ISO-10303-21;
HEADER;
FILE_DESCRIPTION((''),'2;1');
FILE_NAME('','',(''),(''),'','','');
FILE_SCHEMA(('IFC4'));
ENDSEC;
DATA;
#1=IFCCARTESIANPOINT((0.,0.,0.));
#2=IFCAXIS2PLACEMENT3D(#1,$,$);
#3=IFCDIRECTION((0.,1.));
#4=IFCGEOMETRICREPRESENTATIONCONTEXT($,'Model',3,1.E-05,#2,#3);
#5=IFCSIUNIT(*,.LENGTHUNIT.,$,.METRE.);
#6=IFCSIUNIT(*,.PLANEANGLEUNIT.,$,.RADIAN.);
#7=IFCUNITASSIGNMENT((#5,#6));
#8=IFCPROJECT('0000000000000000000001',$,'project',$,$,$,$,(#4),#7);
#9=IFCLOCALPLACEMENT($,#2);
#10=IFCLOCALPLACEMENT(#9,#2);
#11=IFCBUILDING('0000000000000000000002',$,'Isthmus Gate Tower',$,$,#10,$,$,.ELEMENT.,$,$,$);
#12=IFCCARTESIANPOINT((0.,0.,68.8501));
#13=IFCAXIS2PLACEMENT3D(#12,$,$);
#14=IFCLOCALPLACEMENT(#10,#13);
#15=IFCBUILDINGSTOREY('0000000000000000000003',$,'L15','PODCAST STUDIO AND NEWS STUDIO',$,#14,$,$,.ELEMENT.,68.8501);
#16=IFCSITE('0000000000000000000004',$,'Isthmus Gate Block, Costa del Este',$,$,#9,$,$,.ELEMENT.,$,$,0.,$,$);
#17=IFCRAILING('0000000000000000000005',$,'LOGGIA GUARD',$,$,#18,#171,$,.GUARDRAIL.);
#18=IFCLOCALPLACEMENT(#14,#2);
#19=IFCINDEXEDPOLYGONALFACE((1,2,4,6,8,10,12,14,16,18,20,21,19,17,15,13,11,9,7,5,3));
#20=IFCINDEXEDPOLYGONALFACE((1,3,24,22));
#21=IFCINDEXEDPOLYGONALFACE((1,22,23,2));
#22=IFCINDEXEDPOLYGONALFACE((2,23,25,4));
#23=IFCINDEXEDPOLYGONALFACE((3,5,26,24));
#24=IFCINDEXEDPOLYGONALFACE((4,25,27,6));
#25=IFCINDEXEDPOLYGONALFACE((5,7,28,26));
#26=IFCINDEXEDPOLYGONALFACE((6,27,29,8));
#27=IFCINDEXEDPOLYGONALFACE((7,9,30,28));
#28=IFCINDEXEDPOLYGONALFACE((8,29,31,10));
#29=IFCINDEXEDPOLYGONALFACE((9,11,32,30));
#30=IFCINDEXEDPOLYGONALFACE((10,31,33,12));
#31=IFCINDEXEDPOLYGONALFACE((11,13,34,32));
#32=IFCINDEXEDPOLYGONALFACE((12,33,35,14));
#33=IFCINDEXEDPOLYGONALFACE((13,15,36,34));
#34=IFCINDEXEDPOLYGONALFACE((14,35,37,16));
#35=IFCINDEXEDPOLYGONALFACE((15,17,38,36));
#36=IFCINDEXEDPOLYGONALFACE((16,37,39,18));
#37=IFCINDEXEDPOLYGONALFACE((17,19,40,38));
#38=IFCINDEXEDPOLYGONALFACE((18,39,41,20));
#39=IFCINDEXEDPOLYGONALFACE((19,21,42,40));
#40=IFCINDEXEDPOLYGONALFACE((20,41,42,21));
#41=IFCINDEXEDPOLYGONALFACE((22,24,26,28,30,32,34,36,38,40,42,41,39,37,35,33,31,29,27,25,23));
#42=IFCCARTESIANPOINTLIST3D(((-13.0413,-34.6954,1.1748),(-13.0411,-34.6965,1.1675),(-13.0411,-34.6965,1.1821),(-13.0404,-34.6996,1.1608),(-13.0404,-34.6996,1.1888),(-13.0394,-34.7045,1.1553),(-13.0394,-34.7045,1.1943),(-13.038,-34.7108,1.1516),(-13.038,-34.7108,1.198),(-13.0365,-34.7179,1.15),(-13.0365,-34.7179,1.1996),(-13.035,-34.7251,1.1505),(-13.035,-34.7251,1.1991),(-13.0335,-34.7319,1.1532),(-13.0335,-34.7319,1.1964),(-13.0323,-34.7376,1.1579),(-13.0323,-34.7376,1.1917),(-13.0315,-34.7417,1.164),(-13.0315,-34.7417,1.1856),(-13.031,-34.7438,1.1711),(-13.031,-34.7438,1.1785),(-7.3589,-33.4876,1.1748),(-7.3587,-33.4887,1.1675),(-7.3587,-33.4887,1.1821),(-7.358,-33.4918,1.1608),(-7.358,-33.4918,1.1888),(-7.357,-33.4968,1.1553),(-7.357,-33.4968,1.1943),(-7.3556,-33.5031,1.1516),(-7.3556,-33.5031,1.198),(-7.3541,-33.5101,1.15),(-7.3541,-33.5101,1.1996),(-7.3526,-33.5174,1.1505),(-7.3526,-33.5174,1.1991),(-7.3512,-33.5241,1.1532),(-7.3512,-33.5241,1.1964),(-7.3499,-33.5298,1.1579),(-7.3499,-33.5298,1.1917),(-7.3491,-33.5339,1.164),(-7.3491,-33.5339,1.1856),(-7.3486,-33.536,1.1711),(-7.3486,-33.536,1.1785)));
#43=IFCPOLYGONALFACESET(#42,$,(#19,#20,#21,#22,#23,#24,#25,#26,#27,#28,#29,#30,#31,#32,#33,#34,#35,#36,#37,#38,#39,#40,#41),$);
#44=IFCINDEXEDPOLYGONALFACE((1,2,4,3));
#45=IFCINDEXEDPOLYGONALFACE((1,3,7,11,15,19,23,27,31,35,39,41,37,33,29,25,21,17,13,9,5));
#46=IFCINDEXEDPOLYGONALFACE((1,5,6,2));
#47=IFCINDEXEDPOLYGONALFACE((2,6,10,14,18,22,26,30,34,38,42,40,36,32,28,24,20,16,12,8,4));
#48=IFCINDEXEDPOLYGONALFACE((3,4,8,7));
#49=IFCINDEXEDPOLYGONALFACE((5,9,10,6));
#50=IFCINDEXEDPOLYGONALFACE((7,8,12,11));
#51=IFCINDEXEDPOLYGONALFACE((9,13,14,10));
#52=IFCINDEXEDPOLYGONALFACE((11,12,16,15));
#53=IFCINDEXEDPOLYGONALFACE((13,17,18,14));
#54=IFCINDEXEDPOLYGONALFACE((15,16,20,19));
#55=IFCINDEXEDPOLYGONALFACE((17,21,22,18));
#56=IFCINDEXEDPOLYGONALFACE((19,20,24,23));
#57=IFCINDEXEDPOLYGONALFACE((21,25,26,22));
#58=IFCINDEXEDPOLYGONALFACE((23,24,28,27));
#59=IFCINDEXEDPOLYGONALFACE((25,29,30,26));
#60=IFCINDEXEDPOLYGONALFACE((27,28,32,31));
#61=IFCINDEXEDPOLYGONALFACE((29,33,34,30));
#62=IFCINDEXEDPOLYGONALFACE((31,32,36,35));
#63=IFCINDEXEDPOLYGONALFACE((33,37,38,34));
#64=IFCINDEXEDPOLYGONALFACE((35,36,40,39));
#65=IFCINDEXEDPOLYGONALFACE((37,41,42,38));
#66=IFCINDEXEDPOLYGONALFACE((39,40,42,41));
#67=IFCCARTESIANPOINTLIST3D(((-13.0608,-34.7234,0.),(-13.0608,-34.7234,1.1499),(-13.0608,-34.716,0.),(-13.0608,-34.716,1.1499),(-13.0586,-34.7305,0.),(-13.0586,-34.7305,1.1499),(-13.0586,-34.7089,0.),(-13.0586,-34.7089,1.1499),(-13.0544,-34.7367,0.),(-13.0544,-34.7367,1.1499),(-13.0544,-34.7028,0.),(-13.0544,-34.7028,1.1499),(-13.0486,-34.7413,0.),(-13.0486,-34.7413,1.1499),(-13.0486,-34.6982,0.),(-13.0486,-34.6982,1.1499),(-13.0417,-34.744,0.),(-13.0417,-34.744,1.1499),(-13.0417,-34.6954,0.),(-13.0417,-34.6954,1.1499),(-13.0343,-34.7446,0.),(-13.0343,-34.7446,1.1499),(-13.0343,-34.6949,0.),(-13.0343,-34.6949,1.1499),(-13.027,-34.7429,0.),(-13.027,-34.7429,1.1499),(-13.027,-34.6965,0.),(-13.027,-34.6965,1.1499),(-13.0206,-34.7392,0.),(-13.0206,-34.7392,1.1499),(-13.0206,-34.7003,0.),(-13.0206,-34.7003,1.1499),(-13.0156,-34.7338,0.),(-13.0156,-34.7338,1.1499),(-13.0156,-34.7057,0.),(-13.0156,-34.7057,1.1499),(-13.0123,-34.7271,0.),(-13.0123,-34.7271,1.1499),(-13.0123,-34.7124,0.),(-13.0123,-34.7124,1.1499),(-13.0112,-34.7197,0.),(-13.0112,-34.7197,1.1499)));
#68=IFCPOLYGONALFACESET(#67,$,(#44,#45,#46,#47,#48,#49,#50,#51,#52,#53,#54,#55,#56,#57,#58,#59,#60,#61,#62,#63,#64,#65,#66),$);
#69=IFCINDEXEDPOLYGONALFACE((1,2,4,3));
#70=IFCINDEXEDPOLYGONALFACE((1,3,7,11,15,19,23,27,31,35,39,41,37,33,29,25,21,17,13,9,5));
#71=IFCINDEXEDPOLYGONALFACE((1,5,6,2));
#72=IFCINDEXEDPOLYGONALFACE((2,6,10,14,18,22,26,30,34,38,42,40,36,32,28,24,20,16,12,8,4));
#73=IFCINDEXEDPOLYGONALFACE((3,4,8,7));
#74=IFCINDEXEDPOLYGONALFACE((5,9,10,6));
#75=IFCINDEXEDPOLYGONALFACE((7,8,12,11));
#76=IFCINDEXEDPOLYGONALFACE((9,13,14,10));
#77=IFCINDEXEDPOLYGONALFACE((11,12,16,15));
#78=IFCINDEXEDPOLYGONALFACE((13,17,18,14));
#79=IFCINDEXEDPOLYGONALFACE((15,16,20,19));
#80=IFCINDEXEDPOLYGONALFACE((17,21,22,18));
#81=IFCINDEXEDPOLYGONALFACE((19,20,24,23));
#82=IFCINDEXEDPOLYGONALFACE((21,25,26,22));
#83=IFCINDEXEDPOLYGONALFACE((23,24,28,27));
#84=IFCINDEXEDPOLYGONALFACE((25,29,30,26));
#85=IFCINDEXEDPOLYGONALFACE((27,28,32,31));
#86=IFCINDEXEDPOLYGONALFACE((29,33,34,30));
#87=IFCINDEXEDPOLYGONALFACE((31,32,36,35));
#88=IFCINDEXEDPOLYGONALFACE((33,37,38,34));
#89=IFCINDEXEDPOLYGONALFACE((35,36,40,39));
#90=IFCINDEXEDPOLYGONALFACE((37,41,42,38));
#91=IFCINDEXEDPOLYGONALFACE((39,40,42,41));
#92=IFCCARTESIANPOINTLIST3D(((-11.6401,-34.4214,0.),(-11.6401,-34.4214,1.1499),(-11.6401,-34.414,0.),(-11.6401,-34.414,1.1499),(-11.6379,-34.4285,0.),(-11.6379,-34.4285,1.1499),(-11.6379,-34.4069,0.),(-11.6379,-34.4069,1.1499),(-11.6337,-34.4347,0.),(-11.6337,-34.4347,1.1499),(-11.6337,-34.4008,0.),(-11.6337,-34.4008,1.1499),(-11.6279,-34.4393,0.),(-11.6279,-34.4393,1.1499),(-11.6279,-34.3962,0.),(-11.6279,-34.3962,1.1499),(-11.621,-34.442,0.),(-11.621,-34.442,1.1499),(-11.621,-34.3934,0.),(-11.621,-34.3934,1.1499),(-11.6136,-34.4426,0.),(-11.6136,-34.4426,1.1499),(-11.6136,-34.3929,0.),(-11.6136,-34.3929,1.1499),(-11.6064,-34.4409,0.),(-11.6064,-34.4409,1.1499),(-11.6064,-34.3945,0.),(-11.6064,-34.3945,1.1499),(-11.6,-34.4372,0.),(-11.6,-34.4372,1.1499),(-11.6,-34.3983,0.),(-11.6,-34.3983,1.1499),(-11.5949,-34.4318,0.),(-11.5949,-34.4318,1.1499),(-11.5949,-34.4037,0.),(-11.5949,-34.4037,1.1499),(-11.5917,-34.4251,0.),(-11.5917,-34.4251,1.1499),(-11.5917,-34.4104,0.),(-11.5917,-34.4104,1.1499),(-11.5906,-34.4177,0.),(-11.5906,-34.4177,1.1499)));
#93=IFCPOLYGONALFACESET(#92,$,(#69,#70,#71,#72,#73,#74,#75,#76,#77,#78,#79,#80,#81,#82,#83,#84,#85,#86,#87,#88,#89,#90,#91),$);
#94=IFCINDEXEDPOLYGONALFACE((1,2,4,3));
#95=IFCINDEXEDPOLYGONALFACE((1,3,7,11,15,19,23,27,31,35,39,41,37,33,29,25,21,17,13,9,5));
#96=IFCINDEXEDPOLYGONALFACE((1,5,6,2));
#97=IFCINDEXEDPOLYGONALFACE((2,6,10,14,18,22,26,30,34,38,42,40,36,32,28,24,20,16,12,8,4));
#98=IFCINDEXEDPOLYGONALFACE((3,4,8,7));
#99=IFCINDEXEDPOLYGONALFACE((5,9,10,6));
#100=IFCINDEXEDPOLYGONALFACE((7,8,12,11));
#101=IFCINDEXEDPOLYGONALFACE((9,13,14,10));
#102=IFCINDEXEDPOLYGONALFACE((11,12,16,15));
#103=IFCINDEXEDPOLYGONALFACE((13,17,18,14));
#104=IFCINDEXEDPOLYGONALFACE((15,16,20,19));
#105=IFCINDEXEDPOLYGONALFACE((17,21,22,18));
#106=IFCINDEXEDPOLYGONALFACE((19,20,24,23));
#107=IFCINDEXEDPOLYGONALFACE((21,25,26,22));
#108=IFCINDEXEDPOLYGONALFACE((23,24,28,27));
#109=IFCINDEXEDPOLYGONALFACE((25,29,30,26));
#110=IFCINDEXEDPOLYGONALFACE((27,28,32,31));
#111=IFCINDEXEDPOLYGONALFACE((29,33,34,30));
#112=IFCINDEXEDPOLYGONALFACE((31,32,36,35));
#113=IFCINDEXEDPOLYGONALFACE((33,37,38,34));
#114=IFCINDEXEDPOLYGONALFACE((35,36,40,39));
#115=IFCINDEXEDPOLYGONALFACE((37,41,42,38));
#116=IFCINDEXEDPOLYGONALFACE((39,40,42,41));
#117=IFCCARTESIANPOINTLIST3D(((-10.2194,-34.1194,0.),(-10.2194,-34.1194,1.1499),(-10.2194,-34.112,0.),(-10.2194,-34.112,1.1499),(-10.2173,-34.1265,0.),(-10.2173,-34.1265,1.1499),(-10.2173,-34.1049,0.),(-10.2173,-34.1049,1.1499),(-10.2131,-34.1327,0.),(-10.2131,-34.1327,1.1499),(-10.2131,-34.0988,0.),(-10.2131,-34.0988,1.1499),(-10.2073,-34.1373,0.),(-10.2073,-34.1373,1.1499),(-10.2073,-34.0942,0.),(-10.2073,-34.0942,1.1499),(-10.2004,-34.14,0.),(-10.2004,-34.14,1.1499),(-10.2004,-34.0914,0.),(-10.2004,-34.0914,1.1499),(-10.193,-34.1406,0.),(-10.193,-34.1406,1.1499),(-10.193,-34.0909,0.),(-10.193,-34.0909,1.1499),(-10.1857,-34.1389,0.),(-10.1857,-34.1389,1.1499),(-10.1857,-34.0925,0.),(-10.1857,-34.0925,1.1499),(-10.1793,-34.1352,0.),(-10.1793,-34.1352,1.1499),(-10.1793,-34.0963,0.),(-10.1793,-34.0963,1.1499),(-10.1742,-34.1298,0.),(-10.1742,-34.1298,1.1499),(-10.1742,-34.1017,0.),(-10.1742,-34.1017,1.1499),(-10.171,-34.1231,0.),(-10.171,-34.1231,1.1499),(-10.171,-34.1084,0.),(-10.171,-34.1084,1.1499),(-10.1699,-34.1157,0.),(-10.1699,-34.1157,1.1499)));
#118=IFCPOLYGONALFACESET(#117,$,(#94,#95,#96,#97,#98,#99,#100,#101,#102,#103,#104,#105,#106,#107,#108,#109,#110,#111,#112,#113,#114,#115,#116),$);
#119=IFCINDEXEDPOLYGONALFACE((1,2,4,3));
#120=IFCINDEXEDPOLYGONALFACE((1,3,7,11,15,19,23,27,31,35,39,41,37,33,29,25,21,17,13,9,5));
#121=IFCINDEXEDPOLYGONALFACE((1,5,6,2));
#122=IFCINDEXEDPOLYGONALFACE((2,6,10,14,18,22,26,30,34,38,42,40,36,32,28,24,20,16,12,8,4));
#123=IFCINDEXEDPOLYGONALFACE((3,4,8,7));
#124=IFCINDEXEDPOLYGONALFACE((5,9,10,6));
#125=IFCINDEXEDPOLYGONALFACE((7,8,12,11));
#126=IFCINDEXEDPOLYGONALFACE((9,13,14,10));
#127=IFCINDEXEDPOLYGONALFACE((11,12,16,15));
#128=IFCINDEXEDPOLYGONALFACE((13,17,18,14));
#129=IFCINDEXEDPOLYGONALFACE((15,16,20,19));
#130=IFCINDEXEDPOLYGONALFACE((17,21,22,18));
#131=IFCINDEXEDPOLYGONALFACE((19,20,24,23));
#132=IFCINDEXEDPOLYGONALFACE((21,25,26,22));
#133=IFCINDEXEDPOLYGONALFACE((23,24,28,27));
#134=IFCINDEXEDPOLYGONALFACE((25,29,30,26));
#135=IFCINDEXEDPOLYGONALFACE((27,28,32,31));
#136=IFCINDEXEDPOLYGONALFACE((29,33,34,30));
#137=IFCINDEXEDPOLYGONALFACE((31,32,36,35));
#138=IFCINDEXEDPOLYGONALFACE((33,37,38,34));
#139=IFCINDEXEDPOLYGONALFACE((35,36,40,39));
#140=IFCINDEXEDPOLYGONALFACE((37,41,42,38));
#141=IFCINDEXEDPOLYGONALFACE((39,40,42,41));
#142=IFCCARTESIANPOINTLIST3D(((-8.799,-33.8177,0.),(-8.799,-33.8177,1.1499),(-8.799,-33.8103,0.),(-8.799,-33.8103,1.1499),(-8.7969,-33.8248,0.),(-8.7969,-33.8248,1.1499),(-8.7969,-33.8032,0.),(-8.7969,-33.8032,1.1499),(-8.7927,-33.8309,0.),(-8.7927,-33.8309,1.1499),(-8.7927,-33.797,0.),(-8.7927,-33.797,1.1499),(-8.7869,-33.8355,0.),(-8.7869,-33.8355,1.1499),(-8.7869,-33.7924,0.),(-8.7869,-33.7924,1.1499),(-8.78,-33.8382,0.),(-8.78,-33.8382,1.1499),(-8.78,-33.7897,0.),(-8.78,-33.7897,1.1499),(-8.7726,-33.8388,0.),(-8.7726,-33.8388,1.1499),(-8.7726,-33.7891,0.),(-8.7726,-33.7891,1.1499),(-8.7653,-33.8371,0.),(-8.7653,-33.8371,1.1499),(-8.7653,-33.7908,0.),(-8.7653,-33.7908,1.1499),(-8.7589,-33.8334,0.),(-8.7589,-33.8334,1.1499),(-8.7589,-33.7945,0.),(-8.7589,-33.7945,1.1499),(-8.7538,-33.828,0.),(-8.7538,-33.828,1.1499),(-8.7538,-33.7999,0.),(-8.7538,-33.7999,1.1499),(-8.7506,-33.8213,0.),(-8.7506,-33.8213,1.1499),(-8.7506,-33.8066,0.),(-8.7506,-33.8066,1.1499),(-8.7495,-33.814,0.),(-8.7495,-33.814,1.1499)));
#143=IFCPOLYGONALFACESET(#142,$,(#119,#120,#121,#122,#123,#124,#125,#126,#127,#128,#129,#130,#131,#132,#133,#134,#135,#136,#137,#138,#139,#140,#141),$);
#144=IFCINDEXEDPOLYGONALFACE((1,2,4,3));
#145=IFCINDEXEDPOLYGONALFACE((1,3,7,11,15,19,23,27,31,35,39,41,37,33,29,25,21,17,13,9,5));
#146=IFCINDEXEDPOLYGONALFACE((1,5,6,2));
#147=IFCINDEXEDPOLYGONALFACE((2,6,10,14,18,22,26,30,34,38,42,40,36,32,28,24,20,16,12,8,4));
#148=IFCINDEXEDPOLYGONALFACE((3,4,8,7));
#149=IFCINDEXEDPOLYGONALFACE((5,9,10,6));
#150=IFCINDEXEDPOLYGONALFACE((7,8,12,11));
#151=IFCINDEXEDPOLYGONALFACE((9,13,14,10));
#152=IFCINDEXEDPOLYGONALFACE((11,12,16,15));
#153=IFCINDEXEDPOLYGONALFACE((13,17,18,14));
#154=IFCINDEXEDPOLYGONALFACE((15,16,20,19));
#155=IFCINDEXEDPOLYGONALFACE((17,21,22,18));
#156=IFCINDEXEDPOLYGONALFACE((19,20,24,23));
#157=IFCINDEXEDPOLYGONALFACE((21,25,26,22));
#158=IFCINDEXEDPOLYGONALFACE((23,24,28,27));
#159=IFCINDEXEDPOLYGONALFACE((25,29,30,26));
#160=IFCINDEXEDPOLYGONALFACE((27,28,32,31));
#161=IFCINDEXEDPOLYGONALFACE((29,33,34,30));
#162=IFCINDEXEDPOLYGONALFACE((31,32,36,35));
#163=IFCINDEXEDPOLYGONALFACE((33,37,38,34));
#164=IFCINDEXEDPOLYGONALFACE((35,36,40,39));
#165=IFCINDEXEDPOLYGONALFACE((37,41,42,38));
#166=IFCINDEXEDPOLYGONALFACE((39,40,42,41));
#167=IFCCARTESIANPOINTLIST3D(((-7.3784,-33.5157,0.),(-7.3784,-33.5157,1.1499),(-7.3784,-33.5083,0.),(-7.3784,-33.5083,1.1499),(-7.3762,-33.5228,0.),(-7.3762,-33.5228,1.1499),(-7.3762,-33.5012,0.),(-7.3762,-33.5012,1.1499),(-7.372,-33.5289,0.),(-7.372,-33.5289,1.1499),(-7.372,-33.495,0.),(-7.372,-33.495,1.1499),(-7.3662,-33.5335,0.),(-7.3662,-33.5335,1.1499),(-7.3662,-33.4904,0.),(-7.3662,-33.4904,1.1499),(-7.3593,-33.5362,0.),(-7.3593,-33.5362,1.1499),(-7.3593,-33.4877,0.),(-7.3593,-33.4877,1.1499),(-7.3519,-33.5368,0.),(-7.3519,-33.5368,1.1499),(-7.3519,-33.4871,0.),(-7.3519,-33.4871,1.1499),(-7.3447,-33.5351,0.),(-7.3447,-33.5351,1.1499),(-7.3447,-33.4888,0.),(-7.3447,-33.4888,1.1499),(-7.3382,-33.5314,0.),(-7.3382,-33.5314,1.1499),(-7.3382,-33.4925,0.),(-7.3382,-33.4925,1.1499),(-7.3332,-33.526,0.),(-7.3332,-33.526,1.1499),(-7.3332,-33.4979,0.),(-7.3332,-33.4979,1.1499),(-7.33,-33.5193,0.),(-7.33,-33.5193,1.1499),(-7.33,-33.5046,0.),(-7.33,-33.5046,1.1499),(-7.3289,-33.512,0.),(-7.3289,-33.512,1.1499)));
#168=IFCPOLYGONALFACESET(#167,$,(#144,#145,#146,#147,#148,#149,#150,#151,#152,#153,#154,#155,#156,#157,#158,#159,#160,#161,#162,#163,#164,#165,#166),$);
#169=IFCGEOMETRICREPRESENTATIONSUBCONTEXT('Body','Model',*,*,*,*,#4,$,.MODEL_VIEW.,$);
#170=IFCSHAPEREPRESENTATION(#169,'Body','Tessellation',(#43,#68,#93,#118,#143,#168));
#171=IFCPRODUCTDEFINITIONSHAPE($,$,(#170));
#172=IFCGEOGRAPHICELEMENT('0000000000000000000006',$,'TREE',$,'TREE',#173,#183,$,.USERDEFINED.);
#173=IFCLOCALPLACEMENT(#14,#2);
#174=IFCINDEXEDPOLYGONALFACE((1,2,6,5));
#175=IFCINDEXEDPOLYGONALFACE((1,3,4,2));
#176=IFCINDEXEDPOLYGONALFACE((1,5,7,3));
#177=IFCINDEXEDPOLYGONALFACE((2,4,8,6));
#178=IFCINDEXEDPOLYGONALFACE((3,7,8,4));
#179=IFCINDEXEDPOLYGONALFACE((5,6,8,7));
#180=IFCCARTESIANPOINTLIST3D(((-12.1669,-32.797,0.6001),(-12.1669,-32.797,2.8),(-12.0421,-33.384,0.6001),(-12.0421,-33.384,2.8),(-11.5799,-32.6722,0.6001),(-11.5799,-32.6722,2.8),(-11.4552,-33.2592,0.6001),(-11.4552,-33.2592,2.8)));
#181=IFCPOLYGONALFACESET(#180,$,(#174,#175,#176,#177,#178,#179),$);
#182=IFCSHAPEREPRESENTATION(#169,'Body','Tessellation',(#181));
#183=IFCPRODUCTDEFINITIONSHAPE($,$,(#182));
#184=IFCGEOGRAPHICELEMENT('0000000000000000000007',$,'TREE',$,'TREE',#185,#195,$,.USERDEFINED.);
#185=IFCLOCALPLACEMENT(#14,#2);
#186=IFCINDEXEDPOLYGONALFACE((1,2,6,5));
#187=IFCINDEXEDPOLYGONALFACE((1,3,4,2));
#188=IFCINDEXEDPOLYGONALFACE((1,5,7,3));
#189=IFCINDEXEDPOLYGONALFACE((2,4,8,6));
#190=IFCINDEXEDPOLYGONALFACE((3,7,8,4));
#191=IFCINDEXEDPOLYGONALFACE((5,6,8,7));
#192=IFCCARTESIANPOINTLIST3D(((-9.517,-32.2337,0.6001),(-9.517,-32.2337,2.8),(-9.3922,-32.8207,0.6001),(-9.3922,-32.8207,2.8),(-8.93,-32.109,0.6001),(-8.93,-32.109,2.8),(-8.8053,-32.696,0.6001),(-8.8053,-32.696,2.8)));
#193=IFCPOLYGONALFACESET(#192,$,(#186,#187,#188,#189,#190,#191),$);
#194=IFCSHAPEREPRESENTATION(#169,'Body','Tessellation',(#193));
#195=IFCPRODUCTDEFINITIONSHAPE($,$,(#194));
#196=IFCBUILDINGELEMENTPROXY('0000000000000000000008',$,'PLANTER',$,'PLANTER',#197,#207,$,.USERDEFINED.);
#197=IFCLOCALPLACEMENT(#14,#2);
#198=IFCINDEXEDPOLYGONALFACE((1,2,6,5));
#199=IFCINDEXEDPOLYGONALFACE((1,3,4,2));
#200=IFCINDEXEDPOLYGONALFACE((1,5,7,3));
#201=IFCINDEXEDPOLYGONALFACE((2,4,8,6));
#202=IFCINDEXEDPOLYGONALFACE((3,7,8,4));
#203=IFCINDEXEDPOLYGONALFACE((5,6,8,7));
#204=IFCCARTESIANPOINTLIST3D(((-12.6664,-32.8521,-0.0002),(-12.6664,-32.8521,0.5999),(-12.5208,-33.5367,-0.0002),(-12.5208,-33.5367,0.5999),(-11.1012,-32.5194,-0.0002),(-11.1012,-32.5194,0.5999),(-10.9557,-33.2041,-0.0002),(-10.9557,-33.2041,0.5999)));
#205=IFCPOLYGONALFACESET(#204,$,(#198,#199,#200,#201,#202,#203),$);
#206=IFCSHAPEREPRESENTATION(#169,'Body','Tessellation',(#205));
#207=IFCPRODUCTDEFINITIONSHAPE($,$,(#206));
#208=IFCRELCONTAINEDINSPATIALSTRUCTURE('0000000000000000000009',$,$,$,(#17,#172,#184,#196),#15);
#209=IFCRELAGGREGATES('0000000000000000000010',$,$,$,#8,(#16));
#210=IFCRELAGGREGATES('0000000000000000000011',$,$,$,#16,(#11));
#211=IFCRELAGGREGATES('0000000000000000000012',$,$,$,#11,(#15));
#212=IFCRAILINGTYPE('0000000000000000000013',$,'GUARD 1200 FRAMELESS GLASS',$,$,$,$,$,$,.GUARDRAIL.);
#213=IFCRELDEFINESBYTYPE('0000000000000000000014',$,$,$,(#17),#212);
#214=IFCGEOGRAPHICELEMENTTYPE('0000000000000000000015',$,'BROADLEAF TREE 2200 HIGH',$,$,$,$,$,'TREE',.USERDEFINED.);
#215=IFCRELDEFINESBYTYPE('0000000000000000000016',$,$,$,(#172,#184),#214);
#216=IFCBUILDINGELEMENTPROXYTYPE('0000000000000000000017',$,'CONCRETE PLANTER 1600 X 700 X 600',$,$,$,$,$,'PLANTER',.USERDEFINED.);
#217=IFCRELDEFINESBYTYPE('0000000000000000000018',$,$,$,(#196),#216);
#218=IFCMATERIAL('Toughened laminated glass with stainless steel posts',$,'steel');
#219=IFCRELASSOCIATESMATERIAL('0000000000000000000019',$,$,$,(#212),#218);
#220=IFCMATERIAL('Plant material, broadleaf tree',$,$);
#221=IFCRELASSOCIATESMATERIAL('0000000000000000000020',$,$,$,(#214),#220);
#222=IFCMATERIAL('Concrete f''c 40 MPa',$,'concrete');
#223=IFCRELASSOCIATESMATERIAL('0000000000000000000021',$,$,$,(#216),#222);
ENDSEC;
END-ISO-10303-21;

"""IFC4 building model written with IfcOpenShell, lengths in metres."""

from ifc_helpers import new_model, si_unit, direction, frame, origin, origin_2d, place, context, subcontext, project, spatial, rectangle, circle, extrude, material, type_object, element, save


model = new_model("IFC4")

# Units and contexts
model_context = context("Model", 3, precision=1e-05, world=origin(), true_north=direction((0.0, 1.0)))
body_context = subcontext(model_context, "Body", "Model", "MODEL_VIEW")
ifc_project = project(units=[si_unit("LENGTHUNIT", "METRE"), si_unit("PLANEANGLEUNIT", "RADIAN")], contexts=[model_context])

# Site, building, storey
site_placement = place(None, origin())
site = spatial("IfcSite", under=ifc_project, at=site_placement, Name="Isthmus Gate Block, Costa del Este", CompositionType="ELEMENT", RefElevation=0.0)
building_placement = place(site_placement, origin())
building = spatial("IfcBuilding", under=site, at=building_placement, Name="Isthmus Gate Tower", CompositionType="ELEMENT")
storey_placement = place(building_placement, frame((0.0, 0.0, 68.8501)))
storey = spatial("IfcBuildingStorey", under=building, at=storey_placement, Name="L15", Description="PODCAST STUDIO AND NEWS STUDIO", CompositionType="ELEMENT", Elevation=68.8501)

# Railing
ifc_material_1 = material(Name="Toughened laminated glass with stainless steel posts", Category="steel")
railing_type_1 = type_object("IfcRailingType", Name="GUARD 1200 FRAMELESS GLASS", PredefinedType="GUARDRAIL", material=ifc_material_1)
railing_1_placement = place(storey_placement, frame((-13.0361, -34.7197, 0.0)))
element("IfcRailing", 1, at=railing_1_placement, inside=storey, type_object=railing_type_1, Name="LOGGIA GUARD", PredefinedType="GUARDRAIL", context=body_context, shape_type="SweptSolid", body=[
    extrude(circle(Radius=0.0249, at=origin_2d()), frame((0.0, 0.0, 1.1748), z_axis=(0.97815, 0.207901, 0.0), x_axis=(-0.207901, 0.97815, 0.0)), (0.0, 0.0, 1.0), 5.8093),
    extrude(circle(Radius=0.0249, at=origin_2d()), origin(), (0.0, 0.0, 1.0), 1.1499),
    extrude(circle(Radius=0.0249, at=origin_2d()), frame((1.4207, 0.302, 0.0)), (0.0, 0.0, 1.0), 1.1499),
    extrude(circle(Radius=0.0249, at=origin_2d()), frame((2.8413, 0.604, 0.0)), (0.0, 0.0, 1.0), 1.1499),
    extrude(circle(Radius=0.0249, at=origin_2d()), frame((4.2617, 0.9058, 0.0)), (0.0, 0.0, 1.0), 1.1499),
    extrude(circle(Radius=0.0249, at=origin_2d()), frame((5.6824, 1.2078, 0.0)), (0.0, 0.0, 1.0), 1.1499),
])

# Geographic elements
ifc_material_2 = material(Name="Plant material, broadleaf tree")
geographic_element_type = type_object("IfcGeographicElementType", Name="BROADLEAF TREE 2200 HIGH", ElementType="TREE", PredefinedType="USERDEFINED", material=ifc_material_2)
for number, where, z_axis, x_axis, name in (
    (2, (-11.811, -33.0281, 0.6001), (0.0, 0.0, 1.0), (0.978148, 0.207912, 0.0), "TREE"),
    (3, (-9.1611, -32.4648, 0.6001), (0.0, 0.0, 1.0), (0.978148, 0.207912, 0.0), "TREE"),
):
    element("IfcGeographicElement", number, at=place(storey_placement, frame(where, z_axis=z_axis, x_axis=x_axis)), inside=storey, type_object=geographic_element_type, Name=name, ObjectType="TREE", PredefinedType="USERDEFINED", context=body_context, shape_type="SweptSolid", body=[
        extrude(rectangle(XDim=0.6001, YDim=0.6001, at=origin_2d()), origin(), (0.0, 0.0, 1.0), 2.2),
    ])

# Building element proxy
ifc_material_3 = material(Name="Concrete f'c 40 MPa", Category="concrete")
building_element_proxy_type = type_object("IfcBuildingElementProxyType", Name="CONCRETE PLANTER 1600 X 700 X 600", ElementType="PLANTER", PredefinedType="USERDEFINED", material=ifc_material_3)
for number, where, z_axis, x_axis, name in (
    (4, (-11.811, -33.0281, -0.0002), (0.0, 0.0, 1.0), (0.978148, 0.207912, 0.0), "PLANTER"),
):
    element("IfcBuildingElementProxy", number, at=place(storey_placement, frame(where, z_axis=z_axis, x_axis=x_axis)), inside=storey, type_object=building_element_proxy_type, Name=name, ObjectType="PLANTER", PredefinedType="USERDEFINED", context=body_context, shape_type="SweptSolid", body=[
        extrude(rectangle(XDim=1.6001, YDim=0.7, at=origin_2d()), origin(), (0.0, 0.0, 1.0), 0.6001),
    ])

save(model, "model.ifc")
